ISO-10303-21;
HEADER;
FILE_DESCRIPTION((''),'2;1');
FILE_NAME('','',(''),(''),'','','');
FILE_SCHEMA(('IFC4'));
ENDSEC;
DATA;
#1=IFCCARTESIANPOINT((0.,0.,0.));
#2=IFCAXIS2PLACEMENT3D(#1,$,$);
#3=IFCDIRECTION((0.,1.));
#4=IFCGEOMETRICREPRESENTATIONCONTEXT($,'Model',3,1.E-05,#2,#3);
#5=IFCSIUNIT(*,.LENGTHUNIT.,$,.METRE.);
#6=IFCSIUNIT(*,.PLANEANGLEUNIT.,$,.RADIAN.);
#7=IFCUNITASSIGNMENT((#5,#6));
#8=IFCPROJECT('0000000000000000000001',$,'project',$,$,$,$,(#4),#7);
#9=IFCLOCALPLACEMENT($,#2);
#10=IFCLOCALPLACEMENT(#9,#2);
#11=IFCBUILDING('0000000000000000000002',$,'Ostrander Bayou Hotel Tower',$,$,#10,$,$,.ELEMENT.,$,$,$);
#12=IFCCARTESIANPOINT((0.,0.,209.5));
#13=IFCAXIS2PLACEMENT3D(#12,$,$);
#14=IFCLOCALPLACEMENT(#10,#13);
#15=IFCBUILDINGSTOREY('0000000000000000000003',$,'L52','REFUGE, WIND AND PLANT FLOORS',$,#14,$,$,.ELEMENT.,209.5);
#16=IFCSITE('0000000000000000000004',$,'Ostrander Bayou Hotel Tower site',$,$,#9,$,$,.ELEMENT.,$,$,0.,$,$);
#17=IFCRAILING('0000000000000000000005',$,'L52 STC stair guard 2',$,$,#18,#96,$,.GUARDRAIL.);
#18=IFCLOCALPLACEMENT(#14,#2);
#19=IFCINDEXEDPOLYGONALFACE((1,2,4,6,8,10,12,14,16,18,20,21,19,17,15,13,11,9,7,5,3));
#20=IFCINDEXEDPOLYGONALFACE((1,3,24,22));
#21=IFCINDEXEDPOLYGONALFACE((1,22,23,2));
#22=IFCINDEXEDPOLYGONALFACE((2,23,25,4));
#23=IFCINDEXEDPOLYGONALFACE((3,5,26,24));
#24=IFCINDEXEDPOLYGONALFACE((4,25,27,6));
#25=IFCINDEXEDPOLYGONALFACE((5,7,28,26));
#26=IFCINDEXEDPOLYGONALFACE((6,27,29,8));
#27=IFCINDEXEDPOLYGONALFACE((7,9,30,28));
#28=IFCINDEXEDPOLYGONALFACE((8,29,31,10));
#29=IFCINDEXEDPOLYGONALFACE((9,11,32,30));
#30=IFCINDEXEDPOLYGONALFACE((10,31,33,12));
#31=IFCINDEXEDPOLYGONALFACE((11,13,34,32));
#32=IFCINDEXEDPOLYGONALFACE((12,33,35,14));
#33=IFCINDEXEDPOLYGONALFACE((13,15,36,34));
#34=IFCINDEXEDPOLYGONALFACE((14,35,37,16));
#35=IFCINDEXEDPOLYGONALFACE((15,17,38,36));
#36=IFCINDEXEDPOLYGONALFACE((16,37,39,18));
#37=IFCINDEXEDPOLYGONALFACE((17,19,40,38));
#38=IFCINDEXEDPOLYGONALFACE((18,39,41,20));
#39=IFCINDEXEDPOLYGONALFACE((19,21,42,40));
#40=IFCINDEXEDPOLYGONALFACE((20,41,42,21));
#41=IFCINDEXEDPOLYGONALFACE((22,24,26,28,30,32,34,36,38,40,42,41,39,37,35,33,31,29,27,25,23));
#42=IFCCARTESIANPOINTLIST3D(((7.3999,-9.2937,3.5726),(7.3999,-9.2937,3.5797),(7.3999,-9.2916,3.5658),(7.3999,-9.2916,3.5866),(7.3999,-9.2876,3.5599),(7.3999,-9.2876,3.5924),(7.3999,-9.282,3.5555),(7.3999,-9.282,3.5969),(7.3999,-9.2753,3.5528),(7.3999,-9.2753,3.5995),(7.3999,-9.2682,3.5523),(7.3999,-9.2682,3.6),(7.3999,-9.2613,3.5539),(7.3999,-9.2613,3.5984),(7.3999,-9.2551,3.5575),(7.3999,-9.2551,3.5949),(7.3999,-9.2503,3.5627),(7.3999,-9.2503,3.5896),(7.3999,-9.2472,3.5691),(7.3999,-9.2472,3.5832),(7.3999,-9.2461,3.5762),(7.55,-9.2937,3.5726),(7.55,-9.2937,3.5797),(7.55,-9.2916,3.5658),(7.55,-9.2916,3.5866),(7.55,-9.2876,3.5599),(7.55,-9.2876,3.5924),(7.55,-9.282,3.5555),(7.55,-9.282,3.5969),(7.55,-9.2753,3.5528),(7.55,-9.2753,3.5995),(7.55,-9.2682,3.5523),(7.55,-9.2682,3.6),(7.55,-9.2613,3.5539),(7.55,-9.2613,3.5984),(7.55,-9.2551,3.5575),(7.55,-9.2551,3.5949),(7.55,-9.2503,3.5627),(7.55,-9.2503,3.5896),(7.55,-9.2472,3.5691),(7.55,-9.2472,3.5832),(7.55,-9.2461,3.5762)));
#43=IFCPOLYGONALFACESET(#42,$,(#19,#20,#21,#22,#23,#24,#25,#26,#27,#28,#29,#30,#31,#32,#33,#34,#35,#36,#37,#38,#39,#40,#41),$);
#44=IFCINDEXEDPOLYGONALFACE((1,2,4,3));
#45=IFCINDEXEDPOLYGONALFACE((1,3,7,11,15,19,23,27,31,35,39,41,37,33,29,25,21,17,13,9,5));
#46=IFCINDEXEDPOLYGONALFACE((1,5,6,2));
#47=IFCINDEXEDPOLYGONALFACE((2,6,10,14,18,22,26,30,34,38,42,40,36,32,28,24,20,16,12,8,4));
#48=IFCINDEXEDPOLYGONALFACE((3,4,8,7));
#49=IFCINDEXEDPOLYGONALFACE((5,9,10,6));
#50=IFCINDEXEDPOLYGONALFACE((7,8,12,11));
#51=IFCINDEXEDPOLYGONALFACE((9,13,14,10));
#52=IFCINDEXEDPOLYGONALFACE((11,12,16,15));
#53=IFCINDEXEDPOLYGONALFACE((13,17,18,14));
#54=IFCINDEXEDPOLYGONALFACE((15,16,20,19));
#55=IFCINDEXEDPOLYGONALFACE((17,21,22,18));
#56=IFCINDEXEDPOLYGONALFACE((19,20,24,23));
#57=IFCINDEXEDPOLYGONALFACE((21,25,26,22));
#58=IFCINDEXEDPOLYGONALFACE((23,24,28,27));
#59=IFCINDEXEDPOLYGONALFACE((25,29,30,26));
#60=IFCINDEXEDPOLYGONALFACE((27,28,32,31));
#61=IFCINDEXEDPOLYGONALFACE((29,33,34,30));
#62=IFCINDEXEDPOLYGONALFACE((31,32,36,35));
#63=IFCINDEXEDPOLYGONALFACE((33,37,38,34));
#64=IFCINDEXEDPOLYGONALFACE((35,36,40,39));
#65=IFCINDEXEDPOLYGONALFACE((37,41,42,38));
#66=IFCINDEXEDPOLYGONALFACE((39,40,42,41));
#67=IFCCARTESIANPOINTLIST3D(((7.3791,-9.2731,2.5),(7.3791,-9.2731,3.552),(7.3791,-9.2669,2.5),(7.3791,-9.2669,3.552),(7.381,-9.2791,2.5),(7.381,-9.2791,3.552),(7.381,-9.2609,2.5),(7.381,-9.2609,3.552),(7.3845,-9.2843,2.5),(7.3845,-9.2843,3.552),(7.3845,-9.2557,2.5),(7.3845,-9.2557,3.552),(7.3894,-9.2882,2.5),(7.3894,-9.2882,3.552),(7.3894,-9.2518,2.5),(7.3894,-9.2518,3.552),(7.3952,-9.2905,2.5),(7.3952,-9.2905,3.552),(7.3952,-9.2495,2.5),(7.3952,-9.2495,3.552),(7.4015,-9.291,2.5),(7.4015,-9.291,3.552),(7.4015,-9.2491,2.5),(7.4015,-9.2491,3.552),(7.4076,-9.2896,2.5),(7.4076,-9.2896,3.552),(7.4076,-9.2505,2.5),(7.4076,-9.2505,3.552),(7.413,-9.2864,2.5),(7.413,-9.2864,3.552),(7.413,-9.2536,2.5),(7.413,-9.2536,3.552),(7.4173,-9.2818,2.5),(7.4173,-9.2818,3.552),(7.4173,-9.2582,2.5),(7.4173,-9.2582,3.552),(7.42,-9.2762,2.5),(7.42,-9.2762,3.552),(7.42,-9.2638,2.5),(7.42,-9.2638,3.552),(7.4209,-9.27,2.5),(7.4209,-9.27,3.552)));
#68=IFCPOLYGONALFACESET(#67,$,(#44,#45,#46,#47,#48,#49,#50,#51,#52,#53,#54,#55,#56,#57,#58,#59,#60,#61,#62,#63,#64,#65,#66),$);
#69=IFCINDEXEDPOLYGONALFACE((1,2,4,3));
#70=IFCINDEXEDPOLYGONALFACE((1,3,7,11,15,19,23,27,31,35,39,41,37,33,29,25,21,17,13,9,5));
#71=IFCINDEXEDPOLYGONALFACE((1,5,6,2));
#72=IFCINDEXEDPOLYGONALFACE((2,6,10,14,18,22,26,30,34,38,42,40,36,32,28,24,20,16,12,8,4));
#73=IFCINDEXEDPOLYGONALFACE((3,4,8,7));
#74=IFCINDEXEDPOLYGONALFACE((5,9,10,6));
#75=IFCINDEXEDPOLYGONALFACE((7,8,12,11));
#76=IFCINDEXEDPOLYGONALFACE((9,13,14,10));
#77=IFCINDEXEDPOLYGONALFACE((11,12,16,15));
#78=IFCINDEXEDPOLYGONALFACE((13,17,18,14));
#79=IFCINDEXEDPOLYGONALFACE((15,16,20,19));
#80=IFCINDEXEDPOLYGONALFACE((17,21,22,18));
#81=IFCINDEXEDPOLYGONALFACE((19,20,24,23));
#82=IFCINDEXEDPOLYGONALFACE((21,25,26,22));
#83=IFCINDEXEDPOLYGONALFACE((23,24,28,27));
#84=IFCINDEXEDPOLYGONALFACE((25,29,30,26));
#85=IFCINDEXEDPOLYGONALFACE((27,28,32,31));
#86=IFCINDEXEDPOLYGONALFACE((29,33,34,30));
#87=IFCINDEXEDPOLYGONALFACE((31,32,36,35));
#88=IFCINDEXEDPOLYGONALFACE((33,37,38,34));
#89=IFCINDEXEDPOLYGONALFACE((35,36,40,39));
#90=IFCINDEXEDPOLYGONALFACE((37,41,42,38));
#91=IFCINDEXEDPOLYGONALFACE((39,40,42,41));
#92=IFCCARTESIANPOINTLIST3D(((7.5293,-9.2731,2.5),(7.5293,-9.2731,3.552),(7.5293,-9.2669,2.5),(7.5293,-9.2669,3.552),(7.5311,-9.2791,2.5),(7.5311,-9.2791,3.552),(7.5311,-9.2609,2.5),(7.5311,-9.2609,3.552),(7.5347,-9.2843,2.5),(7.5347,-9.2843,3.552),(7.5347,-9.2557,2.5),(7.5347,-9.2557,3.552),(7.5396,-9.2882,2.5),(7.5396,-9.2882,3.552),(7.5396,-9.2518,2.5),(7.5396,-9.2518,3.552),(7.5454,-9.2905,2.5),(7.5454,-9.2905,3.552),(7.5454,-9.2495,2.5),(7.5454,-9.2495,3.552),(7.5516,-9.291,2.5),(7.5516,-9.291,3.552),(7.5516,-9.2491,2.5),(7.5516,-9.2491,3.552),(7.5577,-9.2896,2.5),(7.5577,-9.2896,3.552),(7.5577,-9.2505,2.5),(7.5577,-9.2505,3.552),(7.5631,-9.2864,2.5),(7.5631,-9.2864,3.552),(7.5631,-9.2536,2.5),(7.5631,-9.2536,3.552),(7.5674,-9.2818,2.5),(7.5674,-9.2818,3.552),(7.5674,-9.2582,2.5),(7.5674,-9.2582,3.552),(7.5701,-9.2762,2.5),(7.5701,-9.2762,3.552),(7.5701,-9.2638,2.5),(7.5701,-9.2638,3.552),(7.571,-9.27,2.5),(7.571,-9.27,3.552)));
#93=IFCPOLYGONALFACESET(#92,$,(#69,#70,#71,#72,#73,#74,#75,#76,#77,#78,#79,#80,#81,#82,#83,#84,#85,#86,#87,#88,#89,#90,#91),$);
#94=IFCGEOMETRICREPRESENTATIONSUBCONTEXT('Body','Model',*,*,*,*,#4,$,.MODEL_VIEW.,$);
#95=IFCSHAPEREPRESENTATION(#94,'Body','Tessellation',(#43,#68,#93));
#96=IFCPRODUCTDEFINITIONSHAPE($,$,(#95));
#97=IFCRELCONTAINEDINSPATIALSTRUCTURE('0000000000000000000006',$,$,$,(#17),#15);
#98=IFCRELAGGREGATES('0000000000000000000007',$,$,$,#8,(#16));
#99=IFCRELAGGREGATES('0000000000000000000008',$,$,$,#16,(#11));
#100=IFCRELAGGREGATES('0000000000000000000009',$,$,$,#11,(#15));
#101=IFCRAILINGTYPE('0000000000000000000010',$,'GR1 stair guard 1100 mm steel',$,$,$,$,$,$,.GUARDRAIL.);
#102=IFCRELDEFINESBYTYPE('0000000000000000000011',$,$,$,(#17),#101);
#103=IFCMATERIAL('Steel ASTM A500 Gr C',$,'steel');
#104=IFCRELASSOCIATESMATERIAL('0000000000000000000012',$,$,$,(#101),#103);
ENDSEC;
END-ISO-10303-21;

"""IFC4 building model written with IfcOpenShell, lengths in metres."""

from ifc_helpers import new_model, si_unit, direction, frame, origin, origin_2d, place, context, subcontext, project, spatial, circle, extrude, material, type_object, element, save


model = new_model("IFC4")

# Units and contexts
model_context = context("Model", 3, precision=1e-05, world=origin(), true_north=direction((0.0, 1.0)))
body_context = subcontext(model_context, "Body", "Model", "MODEL_VIEW")
ifc_project = project(units=[si_unit("LENGTHUNIT", "METRE"), si_unit("PLANEANGLEUNIT", "RADIAN")], contexts=[model_context])

# Site, building, storey
site_placement = place(None, origin())
site = spatial("IfcSite", under=ifc_project, at=site_placement, Name="Ostrander Bayou Hotel Tower site", CompositionType="ELEMENT", RefElevation=0.0)
building_placement = place(site_placement, origin())
building = spatial("IfcBuilding", under=site, at=building_placement, Name="Ostrander Bayou Hotel Tower", CompositionType="ELEMENT")
storey_placement = place(building_placement, frame((0.0, 0.0, 209.5)))
storey = spatial("IfcBuildingStorey", under=building, at=storey_placement, Name="L52", Description="REFUGE, WIND AND PLANT FLOORS", CompositionType="ELEMENT", Elevation=209.5)

# Railing
ifc_material_1 = material(Name="Steel ASTM A500 Gr C", Category="steel")
railing_type_1 = type_object("IfcRailingType", Name="GR1 stair guard 1100 mm steel", PredefinedType="GUARDRAIL", material=ifc_material_1)
railing_1_placement = place(storey_placement, frame((7.3999, -9.27, 2.5)))
element("IfcRailing", 1, at=railing_1_placement, inside=storey, type_object=railing_type_1, Name="L52 STC stair guard 2", PredefinedType="GUARDRAIL", context=body_context, shape_type="SweptSolid", body=[
    extrude(circle(Radius=0.0239, at=origin_2d()), frame((0.0, 0.0, 1.0762), z_axis=(1.0, 0.0, 0.0), x_axis=(0.0, 1.0, 0.0)), (0.0, 0.0, 1.0), 0.1501),
    extrude(circle(Radius=0.021, at=origin_2d()), origin(), (0.0, 0.0, 1.0), 1.052),
    extrude(circle(Radius=0.021, at=origin_2d()), frame((0.1501, 0.0, 0.0)), (0.0, 0.0, 1.0), 1.052),
])

save(model, "model.ifc")
